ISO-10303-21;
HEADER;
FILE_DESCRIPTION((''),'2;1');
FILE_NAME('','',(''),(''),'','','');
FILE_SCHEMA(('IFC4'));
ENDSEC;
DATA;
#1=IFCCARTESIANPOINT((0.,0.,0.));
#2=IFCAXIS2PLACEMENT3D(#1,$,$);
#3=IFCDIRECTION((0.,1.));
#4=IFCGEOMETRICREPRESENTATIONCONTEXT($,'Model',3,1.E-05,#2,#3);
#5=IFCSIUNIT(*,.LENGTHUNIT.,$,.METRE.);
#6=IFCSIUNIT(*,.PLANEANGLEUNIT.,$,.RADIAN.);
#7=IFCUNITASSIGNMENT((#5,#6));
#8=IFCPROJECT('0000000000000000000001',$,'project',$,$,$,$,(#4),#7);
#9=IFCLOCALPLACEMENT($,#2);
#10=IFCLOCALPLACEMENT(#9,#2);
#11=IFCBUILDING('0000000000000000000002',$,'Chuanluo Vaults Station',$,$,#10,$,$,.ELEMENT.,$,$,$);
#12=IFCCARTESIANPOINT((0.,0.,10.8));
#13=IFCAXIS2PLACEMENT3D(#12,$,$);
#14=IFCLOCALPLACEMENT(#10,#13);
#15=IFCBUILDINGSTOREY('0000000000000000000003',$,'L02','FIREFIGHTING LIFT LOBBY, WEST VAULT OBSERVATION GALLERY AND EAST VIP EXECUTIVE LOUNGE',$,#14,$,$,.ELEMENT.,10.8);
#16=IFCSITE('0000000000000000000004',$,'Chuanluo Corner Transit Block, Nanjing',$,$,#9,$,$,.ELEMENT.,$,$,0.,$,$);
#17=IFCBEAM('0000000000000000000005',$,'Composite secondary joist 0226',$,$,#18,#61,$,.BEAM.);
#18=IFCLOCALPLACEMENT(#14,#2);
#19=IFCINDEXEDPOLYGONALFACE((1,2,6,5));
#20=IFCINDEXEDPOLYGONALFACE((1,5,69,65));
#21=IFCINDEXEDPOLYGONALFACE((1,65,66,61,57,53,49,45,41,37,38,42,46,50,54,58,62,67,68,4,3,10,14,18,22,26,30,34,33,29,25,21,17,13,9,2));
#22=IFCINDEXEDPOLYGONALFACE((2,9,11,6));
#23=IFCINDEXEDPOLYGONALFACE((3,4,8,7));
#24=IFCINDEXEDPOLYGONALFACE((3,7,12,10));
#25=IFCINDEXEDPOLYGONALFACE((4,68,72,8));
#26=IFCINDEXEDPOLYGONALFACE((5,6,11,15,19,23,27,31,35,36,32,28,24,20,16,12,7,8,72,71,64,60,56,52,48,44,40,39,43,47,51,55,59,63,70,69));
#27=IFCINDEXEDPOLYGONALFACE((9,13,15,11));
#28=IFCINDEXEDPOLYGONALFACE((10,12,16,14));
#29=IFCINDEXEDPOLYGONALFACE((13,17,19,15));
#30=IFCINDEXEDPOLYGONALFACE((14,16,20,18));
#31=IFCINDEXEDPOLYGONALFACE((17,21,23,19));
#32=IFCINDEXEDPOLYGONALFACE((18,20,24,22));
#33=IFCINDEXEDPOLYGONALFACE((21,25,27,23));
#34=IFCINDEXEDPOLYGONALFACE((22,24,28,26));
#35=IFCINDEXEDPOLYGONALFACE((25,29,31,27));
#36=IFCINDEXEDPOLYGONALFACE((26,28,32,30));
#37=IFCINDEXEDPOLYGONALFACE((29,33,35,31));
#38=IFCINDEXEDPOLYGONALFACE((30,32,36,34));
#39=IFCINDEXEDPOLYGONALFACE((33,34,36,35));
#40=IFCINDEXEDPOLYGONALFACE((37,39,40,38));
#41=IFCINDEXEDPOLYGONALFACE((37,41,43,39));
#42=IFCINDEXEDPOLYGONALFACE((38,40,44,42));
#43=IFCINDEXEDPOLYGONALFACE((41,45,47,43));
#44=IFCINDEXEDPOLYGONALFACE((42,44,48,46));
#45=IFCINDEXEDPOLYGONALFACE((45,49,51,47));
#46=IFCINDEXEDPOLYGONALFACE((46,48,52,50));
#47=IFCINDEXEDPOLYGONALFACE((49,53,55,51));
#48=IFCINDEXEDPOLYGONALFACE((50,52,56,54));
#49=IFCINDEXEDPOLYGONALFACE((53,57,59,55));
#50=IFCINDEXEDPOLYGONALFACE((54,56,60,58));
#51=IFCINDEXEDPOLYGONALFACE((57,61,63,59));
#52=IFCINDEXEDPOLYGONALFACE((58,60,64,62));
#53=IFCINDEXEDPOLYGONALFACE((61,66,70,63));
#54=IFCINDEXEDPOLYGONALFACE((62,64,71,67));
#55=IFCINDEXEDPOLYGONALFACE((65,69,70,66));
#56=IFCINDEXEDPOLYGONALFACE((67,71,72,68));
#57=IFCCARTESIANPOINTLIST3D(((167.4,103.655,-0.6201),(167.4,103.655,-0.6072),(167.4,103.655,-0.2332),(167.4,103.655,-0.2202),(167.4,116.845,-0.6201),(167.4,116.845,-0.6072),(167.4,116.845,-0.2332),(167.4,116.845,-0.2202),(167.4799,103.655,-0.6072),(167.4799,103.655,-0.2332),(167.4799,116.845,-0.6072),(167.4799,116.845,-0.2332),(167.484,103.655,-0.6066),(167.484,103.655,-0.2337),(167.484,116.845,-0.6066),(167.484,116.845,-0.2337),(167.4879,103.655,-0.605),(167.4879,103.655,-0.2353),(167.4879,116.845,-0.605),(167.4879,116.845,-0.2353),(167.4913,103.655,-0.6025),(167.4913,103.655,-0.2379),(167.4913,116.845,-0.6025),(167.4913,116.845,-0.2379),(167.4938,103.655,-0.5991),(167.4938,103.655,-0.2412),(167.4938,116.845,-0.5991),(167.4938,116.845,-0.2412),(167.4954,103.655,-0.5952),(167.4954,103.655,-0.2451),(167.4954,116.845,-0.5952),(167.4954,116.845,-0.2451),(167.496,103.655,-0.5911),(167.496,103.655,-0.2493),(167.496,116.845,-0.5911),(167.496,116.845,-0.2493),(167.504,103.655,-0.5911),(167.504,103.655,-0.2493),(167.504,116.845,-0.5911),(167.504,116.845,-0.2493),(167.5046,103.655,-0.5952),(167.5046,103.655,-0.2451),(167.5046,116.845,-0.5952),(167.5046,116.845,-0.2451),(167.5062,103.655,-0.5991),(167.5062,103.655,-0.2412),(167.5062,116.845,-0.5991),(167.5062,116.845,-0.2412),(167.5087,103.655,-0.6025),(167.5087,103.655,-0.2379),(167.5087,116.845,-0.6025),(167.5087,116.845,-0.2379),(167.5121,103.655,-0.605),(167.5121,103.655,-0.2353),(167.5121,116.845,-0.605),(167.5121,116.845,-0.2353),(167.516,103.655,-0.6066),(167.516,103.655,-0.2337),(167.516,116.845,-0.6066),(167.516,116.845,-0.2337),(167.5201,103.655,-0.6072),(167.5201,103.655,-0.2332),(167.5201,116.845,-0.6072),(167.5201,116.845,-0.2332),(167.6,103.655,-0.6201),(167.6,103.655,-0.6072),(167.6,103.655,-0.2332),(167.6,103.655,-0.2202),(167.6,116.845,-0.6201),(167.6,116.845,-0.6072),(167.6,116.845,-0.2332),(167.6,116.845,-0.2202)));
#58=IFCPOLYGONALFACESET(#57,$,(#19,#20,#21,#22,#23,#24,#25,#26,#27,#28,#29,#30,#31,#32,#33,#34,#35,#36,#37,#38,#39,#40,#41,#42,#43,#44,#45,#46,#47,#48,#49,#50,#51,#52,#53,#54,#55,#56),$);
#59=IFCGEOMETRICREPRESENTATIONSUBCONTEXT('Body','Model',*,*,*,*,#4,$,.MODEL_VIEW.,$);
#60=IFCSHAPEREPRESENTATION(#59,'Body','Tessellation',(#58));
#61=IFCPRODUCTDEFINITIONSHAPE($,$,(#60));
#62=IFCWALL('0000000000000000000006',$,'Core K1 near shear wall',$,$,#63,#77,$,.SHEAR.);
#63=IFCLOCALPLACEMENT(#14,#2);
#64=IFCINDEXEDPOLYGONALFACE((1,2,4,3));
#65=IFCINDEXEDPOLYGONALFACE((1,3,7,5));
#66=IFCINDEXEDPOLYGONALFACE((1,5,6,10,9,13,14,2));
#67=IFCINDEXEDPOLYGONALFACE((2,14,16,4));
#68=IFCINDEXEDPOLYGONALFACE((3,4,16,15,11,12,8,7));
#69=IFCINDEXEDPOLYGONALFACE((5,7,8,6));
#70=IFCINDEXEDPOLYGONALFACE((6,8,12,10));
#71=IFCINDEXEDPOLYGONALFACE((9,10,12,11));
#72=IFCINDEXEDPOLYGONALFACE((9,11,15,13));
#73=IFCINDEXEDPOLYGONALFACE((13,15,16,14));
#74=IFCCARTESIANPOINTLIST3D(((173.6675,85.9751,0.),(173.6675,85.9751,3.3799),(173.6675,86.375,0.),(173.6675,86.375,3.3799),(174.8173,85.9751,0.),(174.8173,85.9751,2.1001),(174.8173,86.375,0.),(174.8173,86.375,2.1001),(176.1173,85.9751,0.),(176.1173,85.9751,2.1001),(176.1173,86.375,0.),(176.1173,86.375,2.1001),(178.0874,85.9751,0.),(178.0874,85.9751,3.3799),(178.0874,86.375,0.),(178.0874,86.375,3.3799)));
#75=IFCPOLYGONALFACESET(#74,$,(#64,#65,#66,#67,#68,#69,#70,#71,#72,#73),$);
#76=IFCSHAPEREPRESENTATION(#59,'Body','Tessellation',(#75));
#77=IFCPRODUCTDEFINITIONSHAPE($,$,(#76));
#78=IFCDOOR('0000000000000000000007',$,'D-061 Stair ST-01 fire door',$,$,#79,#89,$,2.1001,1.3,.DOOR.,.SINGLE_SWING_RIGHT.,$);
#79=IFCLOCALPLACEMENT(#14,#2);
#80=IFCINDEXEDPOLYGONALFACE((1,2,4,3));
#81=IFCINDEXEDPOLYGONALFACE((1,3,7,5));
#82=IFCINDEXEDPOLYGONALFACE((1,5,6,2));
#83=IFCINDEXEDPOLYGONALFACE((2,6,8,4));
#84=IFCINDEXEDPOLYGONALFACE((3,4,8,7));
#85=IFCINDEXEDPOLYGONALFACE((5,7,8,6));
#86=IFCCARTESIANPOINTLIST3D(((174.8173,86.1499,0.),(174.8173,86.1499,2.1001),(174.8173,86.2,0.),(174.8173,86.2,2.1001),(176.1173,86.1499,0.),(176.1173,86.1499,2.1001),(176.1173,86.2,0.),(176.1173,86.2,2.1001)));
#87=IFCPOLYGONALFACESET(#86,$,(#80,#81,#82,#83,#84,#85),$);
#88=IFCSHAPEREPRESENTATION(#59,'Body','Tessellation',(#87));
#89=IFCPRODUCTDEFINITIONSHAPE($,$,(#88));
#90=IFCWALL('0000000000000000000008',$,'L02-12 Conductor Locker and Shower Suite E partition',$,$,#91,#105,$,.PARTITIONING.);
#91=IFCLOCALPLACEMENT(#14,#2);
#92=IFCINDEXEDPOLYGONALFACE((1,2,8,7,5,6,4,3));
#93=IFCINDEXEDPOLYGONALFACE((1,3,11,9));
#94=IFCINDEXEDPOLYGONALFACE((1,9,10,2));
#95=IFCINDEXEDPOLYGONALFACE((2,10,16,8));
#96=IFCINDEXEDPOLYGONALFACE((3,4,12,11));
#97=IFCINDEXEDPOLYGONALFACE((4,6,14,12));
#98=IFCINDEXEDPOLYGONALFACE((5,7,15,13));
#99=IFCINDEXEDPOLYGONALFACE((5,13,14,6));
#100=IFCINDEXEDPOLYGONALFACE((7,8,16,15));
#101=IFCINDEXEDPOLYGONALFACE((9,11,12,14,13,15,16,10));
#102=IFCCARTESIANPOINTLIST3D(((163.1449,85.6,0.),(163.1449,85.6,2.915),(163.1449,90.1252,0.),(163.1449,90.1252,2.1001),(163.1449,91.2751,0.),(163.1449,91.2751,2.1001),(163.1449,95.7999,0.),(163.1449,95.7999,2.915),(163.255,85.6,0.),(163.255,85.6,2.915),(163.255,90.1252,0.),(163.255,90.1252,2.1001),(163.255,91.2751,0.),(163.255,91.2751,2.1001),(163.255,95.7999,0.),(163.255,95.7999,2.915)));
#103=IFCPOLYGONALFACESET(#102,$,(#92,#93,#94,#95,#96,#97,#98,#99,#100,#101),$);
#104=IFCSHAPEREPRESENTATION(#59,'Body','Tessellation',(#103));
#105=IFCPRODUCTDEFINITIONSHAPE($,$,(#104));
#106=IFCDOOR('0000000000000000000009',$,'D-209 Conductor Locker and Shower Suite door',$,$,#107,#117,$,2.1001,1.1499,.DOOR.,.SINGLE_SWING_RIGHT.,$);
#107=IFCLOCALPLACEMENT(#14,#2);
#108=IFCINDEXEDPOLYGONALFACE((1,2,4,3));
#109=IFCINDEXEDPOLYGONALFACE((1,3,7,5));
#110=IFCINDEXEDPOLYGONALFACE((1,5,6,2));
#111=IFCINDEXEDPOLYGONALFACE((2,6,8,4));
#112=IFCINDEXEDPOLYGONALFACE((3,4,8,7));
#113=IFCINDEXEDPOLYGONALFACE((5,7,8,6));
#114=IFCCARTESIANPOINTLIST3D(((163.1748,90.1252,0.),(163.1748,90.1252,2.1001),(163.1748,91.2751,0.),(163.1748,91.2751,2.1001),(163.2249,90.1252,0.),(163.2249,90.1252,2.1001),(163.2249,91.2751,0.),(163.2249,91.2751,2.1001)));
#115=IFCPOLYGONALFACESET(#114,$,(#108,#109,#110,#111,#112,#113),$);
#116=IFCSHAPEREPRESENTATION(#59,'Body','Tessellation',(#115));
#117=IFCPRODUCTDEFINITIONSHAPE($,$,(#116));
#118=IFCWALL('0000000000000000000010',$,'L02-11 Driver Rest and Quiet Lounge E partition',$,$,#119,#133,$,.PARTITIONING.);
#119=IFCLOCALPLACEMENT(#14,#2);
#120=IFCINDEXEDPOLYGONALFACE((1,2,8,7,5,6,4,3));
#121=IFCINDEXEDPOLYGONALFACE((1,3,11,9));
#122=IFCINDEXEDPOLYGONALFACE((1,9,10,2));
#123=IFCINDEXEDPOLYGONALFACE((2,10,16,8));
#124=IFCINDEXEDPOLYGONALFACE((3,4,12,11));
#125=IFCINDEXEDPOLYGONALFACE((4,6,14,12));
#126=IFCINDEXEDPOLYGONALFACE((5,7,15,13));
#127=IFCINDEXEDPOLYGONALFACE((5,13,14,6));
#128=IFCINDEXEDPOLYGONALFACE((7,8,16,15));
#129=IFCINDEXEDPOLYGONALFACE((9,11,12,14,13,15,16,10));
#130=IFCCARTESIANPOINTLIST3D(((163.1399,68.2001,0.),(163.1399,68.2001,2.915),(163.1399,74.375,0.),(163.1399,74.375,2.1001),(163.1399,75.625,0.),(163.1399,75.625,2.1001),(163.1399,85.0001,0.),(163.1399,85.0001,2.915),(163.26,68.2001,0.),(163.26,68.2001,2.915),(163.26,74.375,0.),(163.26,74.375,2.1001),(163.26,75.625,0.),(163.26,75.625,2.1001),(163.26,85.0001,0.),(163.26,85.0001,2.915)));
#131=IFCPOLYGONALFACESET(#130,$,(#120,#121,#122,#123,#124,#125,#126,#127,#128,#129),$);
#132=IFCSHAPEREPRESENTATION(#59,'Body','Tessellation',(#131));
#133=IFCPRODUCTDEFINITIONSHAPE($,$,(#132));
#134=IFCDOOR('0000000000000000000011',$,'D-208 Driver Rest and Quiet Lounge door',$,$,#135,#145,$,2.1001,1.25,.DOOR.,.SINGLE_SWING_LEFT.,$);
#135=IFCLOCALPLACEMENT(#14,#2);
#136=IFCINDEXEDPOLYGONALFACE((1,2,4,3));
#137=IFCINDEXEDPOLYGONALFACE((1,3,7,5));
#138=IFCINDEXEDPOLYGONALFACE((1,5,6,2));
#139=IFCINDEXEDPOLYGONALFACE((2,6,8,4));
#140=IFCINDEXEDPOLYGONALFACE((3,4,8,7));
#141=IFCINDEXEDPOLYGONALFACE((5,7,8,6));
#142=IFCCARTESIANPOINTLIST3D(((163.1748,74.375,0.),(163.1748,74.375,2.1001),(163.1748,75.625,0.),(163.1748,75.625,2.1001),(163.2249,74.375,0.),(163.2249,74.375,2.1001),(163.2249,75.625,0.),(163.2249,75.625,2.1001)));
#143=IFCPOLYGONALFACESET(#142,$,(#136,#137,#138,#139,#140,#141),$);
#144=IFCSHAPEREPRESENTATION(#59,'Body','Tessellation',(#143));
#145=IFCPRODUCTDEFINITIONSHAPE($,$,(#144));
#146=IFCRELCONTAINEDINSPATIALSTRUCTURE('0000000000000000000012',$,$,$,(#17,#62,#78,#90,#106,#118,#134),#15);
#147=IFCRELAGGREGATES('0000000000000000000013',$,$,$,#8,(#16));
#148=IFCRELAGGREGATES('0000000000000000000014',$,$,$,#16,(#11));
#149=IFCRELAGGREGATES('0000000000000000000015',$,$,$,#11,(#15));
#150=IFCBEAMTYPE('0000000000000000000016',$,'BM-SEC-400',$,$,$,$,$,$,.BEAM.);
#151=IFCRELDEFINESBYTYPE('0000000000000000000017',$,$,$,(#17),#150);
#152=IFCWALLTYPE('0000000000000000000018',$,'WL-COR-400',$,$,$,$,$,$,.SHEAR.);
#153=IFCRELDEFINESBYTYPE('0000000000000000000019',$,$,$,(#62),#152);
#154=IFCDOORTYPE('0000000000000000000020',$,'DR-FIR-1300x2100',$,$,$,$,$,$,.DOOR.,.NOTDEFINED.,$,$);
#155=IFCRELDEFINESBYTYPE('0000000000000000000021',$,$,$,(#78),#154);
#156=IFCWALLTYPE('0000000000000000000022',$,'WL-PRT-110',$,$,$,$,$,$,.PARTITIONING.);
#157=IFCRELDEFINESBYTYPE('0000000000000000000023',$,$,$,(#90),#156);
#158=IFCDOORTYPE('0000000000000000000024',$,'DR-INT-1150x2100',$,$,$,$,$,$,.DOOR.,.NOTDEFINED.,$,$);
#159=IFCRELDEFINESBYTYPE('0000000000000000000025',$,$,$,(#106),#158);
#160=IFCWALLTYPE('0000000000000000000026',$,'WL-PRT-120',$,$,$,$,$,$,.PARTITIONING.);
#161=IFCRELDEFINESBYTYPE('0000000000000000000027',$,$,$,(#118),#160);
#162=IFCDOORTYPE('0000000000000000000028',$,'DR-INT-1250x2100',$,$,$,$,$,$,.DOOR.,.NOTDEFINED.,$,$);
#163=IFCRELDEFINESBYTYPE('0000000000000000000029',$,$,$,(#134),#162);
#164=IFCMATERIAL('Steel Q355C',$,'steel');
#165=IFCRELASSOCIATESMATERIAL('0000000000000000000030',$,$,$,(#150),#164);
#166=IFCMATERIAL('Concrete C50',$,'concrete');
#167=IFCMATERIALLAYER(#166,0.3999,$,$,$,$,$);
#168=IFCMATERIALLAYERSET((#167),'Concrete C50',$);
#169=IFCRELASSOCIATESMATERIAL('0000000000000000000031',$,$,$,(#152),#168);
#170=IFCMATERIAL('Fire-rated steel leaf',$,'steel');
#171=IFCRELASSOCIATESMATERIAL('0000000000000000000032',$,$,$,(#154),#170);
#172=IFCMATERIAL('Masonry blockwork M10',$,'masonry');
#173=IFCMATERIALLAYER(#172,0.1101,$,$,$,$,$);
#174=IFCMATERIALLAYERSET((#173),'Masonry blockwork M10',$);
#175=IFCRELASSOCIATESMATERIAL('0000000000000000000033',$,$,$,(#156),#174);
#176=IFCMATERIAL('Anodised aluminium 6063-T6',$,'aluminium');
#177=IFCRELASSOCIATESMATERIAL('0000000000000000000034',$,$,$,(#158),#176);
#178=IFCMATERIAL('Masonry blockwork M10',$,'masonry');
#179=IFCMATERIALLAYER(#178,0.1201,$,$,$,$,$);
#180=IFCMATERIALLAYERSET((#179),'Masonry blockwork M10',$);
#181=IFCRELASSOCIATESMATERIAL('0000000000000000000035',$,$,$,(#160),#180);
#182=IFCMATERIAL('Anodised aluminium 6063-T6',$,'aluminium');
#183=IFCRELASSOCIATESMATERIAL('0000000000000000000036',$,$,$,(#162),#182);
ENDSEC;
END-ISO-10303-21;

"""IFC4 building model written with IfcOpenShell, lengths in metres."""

from ifc_helpers import new_model, si_unit, direction, frame, frame_2d, origin, origin_2d, place, context, subcontext, project, spatial, rectangle, i_section, extrude, material, layer, layer_set, material_profile, profile_set, type_object, element, fill, save


model = new_model("IFC4")

# Units and contexts
model_context = context("Model", 3, precision=1e-05, world=origin(), true_north=direction((0.0, 1.0)))
body_context = subcontext(model_context, "Body", "Model", "MODEL_VIEW")
ifc_project = project(units=[si_unit("LENGTHUNIT", "METRE"), si_unit("PLANEANGLEUNIT", "RADIAN")], contexts=[model_context])

# Site, building, storey
site_placement = place(None, origin())
site = spatial("IfcSite", under=ifc_project, at=site_placement, Name="Chuanluo Corner Transit Block, Nanjing", CompositionType="ELEMENT", RefElevation=0.0)
building_placement = place(site_placement, origin())
building = spatial("IfcBuilding", under=site, at=building_placement, Name="Chuanluo Vaults Station", CompositionType="ELEMENT")
storey_placement = place(building_placement, frame((0.0, 0.0, 10.8)))
storey = spatial("IfcBuildingStorey", under=building, at=storey_placement, Name="L02", Description="FIREFIGHTING LIFT LOBBY, WEST VAULT OBSERVATION GALLERY AND EAST VIP EXECUTIVE LOUNGE", CompositionType="ELEMENT", Elevation=10.8)

# Beam
ifc_material_1 = material(Name="Steel Q355C", Category="steel")
ifc_material_profile_1 = material_profile(ifc_material_1, i_section(OverallWidth=0.2, OverallDepth=0.3999, WebThickness=0.0081, FlangeThickness=0.0129, FilletRadius=0.0161, at=origin_2d()))
ifc_profile_set_1 = profile_set([ifc_material_profile_1], Name="Steel Q355C")
beam_type_1 = type_object("IfcBeamType", Name="BM-SEC-400", PredefinedType="BEAM", material=ifc_profile_set_1)
beam_1_placement = place(storey_placement, frame((167.5, 103.655, -0.4202), z_axis=(0.0, 1.0, 0.0), x_axis=(-1.0, 0.0, 0.0)))
element("IfcBeam", 1, at=beam_1_placement, inside=storey, type_object=beam_type_1, Name="Composite secondary joist 0226", PredefinedType="BEAM", context=body_context, shape_type="SweptSolid", body=[
    extrude(i_section(OverallWidth=0.2, OverallDepth=0.3999, WebThickness=0.0081, FlangeThickness=0.0129, FilletRadius=0.0161, at=origin_2d()), origin(), (0.0, 0.0, 1.0), 13.1899),
])

# Walls, openings, doors
ifc_material_2 = material(Name="Concrete C50", Category="concrete")
ifc_layer_1 = layer(ifc_material_2, 0.3999)
ifc_layer_set_1 = layer_set([ifc_layer_1], Name="Concrete C50")
wall_type_1 = type_object("IfcWallType", Name="WL-COR-400", PredefinedType="SHEAR", material=ifc_layer_set_1)
wall_1_placement = place(storey_placement, frame((173.6675, 86.175, 0.0), z_axis=(0.0, 0.0, 1.0), x_axis=(1.0, 0.0, 0.0)))
wall_1 = element("IfcWall", 2, at=wall_1_placement, inside=storey, type_object=wall_type_1, Name="Core K1 near shear wall", PredefinedType="SHEAR", context=body_context, shape_type="SweptSolid", body=[
    extrude(rectangle(XDim=4.4199, YDim=0.3999, at=frame_2d((2.21, 0.0))), origin(), (0.0, 0.0, 1.0), 3.3799),
])
opening_1_placement = place(wall_1_placement, frame((1.1499, 0.0, 0.0)))
opening_1 = element("IfcOpeningElement", 3, at=opening_1_placement, cuts=wall_1, PredefinedType="OPENING", context=body_context, shape_type="SweptSolid", body=[
    extrude(rectangle(XDim=1.3, YDim=2.1001, at=frame_2d((0.6499, 1.05))), frame((0.0, 0.2099, 0.0), z_axis=(0.0, -1.0, 0.0), x_axis=(1.0, 0.0, 0.0)), (0.0, 0.0, 1.0), 0.4199),
])
ifc_material_3 = material(Name="Fire-rated steel leaf", Category="steel")
door_type_1 = type_object("IfcDoorType", Name="DR-FIR-1300x2100", OperationType="NOTDEFINED", PredefinedType="DOOR", material=ifc_material_3)
door_1_placement = place(opening_1_placement, origin())
door_1 = element("IfcDoor", 4, at=door_1_placement, inside=storey, type_object=door_type_1, Name="D-061 Stair ST-01 fire door", OperationType="SINGLE_SWING_RIGHT", OverallHeight=2.1001, OverallWidth=1.3, PredefinedType="DOOR", context=body_context, shape_type="SweptSolid", body=[
    extrude(rectangle(XDim=1.3, YDim=2.1001, at=frame_2d((0.6499, 1.05))), frame((0.0, 0.0249, 0.0), z_axis=(0.0, -1.0, 0.0), x_axis=(1.0, 0.0, 0.0)), (0.0, 0.0, 1.0), 0.05),
])
fill(opening_1, door_1)
ifc_material_4 = material(Name="Masonry blockwork M10", Category="masonry")
ifc_layer_2 = layer(ifc_material_4, 0.1101)
ifc_layer_set_2 = layer_set([ifc_layer_2], Name="Masonry blockwork M10")
wall_type_2 = type_object("IfcWallType", Name="WL-PRT-110", PredefinedType="PARTITIONING", material=ifc_layer_set_2)
wall_2_placement = place(storey_placement, frame((163.2, 95.8, 0.0), z_axis=(0.0, 0.0, 1.0), x_axis=(0.0, -1.0, 0.0)))
wall_2 = element("IfcWall", 5, at=wall_2_placement, inside=storey, type_object=wall_type_2, Name="L02-12 Conductor Locker and Shower Suite E partition", PredefinedType="PARTITIONING", context=body_context, shape_type="SweptSolid", body=[
    extrude(rectangle(XDim=10.2, YDim=0.1101, at=frame_2d((5.1001, 0.0))), origin(), (0.0, 0.0, 1.0), 2.915),
])
opening_2_placement = place(wall_2_placement, frame((4.5249, 0.0, 0.0)))
opening_2 = element("IfcOpeningElement", 6, at=opening_2_placement, cuts=wall_2, PredefinedType="OPENING", context=body_context, shape_type="SweptSolid", body=[
    extrude(rectangle(XDim=1.1499, YDim=2.1001, at=frame_2d((0.575, 1.05))), frame((0.0, 0.0652, 0.0), z_axis=(0.0, -1.0, 0.0), x_axis=(1.0, 0.0, 0.0)), (0.0, 0.0, 1.0), 0.1301),
])
ifc_material_5 = material(Name="Anodised aluminium 6063-T6", Category="aluminium")
door_type_2 = type_object("IfcDoorType", Name="DR-INT-1150x2100", OperationType="NOTDEFINED", PredefinedType="DOOR", material=ifc_material_5)
door_2_placement = place(opening_2_placement, origin())
door_2 = element("IfcDoor", 7, at=door_2_placement, inside=storey, type_object=door_type_2, Name="D-209 Conductor Locker and Shower Suite door", OperationType="SINGLE_SWING_RIGHT", OverallHeight=2.1001, OverallWidth=1.1499, PredefinedType="DOOR", context=body_context, shape_type="SweptSolid", body=[
    extrude(rectangle(XDim=1.1499, YDim=2.1001, at=frame_2d((0.575, 1.05))), frame((0.0, 0.0249, 0.0), z_axis=(0.0, -1.0, 0.0), x_axis=(1.0, 0.0, 0.0)), (0.0, 0.0, 1.0), 0.05),
])
fill(opening_2, door_2)
ifc_material_6 = material(Name="Masonry blockwork M10", Category="masonry")
ifc_layer_3 = layer(ifc_material_6, 0.1201)
ifc_layer_set_3 = layer_set([ifc_layer_3], Name="Masonry blockwork M10")
wall_type_3 = type_object("IfcWallType", Name="WL-PRT-120", PredefinedType="PARTITIONING", material=ifc_layer_set_3)
wall_3_placement = place(storey_placement, frame((163.2, 85.0, 0.0), z_axis=(0.0, 0.0, 1.0), x_axis=(0.0, -1.0, 0.0)))
wall_3 = element("IfcWall", 8, at=wall_3_placement, inside=storey, type_object=wall_type_3, Name="L02-11 Driver Rest and Quiet Lounge E partition", PredefinedType="PARTITIONING", context=body_context, shape_type="SweptSolid", body=[
    extrude(rectangle(XDim=16.8, YDim=0.1201, at=frame_2d((8.3999, 0.0))), origin(), (0.0, 0.0, 1.0), 2.915),
])
opening_3_placement = place(wall_3_placement, frame((9.375, 0.0, 0.0)))
opening_3 = element("IfcOpeningElement", 9, at=opening_3_placement, cuts=wall_3, PredefinedType="OPENING", context=body_context, shape_type="SweptSolid", body=[
    extrude(rectangle(XDim=1.25, YDim=2.1001, at=frame_2d((0.625, 1.05))), frame((0.0, 0.0701, 0.0), z_axis=(0.0, -1.0, 0.0), x_axis=(1.0, 0.0, 0.0)), (0.0, 0.0, 1.0), 0.1401),
])
ifc_material_7 = material(Name="Anodised aluminium 6063-T6", Category="aluminium")
door_type_3 = type_object("IfcDoorType", Name="DR-INT-1250x2100", OperationType="NOTDEFINED", PredefinedType="DOOR", material=ifc_material_7)
door_3_placement = place(opening_3_placement, origin())
door_3 = element("IfcDoor", 10, at=door_3_placement, inside=storey, type_object=door_type_3, Name="D-208 Driver Rest and Quiet Lounge door", OperationType="SINGLE_SWING_LEFT", OverallHeight=2.1001, OverallWidth=1.25, PredefinedType="DOOR", context=body_context, shape_type="SweptSolid", body=[
    extrude(rectangle(XDim=1.25, YDim=2.1001, at=frame_2d((0.625, 1.05))), frame((0.0, 0.0249, 0.0), z_axis=(0.0, -1.0, 0.0), x_axis=(1.0, 0.0, 0.0)), (0.0, 0.0, 1.0), 0.05),
])
fill(opening_3, door_3)

save(model, "model.ifc")
